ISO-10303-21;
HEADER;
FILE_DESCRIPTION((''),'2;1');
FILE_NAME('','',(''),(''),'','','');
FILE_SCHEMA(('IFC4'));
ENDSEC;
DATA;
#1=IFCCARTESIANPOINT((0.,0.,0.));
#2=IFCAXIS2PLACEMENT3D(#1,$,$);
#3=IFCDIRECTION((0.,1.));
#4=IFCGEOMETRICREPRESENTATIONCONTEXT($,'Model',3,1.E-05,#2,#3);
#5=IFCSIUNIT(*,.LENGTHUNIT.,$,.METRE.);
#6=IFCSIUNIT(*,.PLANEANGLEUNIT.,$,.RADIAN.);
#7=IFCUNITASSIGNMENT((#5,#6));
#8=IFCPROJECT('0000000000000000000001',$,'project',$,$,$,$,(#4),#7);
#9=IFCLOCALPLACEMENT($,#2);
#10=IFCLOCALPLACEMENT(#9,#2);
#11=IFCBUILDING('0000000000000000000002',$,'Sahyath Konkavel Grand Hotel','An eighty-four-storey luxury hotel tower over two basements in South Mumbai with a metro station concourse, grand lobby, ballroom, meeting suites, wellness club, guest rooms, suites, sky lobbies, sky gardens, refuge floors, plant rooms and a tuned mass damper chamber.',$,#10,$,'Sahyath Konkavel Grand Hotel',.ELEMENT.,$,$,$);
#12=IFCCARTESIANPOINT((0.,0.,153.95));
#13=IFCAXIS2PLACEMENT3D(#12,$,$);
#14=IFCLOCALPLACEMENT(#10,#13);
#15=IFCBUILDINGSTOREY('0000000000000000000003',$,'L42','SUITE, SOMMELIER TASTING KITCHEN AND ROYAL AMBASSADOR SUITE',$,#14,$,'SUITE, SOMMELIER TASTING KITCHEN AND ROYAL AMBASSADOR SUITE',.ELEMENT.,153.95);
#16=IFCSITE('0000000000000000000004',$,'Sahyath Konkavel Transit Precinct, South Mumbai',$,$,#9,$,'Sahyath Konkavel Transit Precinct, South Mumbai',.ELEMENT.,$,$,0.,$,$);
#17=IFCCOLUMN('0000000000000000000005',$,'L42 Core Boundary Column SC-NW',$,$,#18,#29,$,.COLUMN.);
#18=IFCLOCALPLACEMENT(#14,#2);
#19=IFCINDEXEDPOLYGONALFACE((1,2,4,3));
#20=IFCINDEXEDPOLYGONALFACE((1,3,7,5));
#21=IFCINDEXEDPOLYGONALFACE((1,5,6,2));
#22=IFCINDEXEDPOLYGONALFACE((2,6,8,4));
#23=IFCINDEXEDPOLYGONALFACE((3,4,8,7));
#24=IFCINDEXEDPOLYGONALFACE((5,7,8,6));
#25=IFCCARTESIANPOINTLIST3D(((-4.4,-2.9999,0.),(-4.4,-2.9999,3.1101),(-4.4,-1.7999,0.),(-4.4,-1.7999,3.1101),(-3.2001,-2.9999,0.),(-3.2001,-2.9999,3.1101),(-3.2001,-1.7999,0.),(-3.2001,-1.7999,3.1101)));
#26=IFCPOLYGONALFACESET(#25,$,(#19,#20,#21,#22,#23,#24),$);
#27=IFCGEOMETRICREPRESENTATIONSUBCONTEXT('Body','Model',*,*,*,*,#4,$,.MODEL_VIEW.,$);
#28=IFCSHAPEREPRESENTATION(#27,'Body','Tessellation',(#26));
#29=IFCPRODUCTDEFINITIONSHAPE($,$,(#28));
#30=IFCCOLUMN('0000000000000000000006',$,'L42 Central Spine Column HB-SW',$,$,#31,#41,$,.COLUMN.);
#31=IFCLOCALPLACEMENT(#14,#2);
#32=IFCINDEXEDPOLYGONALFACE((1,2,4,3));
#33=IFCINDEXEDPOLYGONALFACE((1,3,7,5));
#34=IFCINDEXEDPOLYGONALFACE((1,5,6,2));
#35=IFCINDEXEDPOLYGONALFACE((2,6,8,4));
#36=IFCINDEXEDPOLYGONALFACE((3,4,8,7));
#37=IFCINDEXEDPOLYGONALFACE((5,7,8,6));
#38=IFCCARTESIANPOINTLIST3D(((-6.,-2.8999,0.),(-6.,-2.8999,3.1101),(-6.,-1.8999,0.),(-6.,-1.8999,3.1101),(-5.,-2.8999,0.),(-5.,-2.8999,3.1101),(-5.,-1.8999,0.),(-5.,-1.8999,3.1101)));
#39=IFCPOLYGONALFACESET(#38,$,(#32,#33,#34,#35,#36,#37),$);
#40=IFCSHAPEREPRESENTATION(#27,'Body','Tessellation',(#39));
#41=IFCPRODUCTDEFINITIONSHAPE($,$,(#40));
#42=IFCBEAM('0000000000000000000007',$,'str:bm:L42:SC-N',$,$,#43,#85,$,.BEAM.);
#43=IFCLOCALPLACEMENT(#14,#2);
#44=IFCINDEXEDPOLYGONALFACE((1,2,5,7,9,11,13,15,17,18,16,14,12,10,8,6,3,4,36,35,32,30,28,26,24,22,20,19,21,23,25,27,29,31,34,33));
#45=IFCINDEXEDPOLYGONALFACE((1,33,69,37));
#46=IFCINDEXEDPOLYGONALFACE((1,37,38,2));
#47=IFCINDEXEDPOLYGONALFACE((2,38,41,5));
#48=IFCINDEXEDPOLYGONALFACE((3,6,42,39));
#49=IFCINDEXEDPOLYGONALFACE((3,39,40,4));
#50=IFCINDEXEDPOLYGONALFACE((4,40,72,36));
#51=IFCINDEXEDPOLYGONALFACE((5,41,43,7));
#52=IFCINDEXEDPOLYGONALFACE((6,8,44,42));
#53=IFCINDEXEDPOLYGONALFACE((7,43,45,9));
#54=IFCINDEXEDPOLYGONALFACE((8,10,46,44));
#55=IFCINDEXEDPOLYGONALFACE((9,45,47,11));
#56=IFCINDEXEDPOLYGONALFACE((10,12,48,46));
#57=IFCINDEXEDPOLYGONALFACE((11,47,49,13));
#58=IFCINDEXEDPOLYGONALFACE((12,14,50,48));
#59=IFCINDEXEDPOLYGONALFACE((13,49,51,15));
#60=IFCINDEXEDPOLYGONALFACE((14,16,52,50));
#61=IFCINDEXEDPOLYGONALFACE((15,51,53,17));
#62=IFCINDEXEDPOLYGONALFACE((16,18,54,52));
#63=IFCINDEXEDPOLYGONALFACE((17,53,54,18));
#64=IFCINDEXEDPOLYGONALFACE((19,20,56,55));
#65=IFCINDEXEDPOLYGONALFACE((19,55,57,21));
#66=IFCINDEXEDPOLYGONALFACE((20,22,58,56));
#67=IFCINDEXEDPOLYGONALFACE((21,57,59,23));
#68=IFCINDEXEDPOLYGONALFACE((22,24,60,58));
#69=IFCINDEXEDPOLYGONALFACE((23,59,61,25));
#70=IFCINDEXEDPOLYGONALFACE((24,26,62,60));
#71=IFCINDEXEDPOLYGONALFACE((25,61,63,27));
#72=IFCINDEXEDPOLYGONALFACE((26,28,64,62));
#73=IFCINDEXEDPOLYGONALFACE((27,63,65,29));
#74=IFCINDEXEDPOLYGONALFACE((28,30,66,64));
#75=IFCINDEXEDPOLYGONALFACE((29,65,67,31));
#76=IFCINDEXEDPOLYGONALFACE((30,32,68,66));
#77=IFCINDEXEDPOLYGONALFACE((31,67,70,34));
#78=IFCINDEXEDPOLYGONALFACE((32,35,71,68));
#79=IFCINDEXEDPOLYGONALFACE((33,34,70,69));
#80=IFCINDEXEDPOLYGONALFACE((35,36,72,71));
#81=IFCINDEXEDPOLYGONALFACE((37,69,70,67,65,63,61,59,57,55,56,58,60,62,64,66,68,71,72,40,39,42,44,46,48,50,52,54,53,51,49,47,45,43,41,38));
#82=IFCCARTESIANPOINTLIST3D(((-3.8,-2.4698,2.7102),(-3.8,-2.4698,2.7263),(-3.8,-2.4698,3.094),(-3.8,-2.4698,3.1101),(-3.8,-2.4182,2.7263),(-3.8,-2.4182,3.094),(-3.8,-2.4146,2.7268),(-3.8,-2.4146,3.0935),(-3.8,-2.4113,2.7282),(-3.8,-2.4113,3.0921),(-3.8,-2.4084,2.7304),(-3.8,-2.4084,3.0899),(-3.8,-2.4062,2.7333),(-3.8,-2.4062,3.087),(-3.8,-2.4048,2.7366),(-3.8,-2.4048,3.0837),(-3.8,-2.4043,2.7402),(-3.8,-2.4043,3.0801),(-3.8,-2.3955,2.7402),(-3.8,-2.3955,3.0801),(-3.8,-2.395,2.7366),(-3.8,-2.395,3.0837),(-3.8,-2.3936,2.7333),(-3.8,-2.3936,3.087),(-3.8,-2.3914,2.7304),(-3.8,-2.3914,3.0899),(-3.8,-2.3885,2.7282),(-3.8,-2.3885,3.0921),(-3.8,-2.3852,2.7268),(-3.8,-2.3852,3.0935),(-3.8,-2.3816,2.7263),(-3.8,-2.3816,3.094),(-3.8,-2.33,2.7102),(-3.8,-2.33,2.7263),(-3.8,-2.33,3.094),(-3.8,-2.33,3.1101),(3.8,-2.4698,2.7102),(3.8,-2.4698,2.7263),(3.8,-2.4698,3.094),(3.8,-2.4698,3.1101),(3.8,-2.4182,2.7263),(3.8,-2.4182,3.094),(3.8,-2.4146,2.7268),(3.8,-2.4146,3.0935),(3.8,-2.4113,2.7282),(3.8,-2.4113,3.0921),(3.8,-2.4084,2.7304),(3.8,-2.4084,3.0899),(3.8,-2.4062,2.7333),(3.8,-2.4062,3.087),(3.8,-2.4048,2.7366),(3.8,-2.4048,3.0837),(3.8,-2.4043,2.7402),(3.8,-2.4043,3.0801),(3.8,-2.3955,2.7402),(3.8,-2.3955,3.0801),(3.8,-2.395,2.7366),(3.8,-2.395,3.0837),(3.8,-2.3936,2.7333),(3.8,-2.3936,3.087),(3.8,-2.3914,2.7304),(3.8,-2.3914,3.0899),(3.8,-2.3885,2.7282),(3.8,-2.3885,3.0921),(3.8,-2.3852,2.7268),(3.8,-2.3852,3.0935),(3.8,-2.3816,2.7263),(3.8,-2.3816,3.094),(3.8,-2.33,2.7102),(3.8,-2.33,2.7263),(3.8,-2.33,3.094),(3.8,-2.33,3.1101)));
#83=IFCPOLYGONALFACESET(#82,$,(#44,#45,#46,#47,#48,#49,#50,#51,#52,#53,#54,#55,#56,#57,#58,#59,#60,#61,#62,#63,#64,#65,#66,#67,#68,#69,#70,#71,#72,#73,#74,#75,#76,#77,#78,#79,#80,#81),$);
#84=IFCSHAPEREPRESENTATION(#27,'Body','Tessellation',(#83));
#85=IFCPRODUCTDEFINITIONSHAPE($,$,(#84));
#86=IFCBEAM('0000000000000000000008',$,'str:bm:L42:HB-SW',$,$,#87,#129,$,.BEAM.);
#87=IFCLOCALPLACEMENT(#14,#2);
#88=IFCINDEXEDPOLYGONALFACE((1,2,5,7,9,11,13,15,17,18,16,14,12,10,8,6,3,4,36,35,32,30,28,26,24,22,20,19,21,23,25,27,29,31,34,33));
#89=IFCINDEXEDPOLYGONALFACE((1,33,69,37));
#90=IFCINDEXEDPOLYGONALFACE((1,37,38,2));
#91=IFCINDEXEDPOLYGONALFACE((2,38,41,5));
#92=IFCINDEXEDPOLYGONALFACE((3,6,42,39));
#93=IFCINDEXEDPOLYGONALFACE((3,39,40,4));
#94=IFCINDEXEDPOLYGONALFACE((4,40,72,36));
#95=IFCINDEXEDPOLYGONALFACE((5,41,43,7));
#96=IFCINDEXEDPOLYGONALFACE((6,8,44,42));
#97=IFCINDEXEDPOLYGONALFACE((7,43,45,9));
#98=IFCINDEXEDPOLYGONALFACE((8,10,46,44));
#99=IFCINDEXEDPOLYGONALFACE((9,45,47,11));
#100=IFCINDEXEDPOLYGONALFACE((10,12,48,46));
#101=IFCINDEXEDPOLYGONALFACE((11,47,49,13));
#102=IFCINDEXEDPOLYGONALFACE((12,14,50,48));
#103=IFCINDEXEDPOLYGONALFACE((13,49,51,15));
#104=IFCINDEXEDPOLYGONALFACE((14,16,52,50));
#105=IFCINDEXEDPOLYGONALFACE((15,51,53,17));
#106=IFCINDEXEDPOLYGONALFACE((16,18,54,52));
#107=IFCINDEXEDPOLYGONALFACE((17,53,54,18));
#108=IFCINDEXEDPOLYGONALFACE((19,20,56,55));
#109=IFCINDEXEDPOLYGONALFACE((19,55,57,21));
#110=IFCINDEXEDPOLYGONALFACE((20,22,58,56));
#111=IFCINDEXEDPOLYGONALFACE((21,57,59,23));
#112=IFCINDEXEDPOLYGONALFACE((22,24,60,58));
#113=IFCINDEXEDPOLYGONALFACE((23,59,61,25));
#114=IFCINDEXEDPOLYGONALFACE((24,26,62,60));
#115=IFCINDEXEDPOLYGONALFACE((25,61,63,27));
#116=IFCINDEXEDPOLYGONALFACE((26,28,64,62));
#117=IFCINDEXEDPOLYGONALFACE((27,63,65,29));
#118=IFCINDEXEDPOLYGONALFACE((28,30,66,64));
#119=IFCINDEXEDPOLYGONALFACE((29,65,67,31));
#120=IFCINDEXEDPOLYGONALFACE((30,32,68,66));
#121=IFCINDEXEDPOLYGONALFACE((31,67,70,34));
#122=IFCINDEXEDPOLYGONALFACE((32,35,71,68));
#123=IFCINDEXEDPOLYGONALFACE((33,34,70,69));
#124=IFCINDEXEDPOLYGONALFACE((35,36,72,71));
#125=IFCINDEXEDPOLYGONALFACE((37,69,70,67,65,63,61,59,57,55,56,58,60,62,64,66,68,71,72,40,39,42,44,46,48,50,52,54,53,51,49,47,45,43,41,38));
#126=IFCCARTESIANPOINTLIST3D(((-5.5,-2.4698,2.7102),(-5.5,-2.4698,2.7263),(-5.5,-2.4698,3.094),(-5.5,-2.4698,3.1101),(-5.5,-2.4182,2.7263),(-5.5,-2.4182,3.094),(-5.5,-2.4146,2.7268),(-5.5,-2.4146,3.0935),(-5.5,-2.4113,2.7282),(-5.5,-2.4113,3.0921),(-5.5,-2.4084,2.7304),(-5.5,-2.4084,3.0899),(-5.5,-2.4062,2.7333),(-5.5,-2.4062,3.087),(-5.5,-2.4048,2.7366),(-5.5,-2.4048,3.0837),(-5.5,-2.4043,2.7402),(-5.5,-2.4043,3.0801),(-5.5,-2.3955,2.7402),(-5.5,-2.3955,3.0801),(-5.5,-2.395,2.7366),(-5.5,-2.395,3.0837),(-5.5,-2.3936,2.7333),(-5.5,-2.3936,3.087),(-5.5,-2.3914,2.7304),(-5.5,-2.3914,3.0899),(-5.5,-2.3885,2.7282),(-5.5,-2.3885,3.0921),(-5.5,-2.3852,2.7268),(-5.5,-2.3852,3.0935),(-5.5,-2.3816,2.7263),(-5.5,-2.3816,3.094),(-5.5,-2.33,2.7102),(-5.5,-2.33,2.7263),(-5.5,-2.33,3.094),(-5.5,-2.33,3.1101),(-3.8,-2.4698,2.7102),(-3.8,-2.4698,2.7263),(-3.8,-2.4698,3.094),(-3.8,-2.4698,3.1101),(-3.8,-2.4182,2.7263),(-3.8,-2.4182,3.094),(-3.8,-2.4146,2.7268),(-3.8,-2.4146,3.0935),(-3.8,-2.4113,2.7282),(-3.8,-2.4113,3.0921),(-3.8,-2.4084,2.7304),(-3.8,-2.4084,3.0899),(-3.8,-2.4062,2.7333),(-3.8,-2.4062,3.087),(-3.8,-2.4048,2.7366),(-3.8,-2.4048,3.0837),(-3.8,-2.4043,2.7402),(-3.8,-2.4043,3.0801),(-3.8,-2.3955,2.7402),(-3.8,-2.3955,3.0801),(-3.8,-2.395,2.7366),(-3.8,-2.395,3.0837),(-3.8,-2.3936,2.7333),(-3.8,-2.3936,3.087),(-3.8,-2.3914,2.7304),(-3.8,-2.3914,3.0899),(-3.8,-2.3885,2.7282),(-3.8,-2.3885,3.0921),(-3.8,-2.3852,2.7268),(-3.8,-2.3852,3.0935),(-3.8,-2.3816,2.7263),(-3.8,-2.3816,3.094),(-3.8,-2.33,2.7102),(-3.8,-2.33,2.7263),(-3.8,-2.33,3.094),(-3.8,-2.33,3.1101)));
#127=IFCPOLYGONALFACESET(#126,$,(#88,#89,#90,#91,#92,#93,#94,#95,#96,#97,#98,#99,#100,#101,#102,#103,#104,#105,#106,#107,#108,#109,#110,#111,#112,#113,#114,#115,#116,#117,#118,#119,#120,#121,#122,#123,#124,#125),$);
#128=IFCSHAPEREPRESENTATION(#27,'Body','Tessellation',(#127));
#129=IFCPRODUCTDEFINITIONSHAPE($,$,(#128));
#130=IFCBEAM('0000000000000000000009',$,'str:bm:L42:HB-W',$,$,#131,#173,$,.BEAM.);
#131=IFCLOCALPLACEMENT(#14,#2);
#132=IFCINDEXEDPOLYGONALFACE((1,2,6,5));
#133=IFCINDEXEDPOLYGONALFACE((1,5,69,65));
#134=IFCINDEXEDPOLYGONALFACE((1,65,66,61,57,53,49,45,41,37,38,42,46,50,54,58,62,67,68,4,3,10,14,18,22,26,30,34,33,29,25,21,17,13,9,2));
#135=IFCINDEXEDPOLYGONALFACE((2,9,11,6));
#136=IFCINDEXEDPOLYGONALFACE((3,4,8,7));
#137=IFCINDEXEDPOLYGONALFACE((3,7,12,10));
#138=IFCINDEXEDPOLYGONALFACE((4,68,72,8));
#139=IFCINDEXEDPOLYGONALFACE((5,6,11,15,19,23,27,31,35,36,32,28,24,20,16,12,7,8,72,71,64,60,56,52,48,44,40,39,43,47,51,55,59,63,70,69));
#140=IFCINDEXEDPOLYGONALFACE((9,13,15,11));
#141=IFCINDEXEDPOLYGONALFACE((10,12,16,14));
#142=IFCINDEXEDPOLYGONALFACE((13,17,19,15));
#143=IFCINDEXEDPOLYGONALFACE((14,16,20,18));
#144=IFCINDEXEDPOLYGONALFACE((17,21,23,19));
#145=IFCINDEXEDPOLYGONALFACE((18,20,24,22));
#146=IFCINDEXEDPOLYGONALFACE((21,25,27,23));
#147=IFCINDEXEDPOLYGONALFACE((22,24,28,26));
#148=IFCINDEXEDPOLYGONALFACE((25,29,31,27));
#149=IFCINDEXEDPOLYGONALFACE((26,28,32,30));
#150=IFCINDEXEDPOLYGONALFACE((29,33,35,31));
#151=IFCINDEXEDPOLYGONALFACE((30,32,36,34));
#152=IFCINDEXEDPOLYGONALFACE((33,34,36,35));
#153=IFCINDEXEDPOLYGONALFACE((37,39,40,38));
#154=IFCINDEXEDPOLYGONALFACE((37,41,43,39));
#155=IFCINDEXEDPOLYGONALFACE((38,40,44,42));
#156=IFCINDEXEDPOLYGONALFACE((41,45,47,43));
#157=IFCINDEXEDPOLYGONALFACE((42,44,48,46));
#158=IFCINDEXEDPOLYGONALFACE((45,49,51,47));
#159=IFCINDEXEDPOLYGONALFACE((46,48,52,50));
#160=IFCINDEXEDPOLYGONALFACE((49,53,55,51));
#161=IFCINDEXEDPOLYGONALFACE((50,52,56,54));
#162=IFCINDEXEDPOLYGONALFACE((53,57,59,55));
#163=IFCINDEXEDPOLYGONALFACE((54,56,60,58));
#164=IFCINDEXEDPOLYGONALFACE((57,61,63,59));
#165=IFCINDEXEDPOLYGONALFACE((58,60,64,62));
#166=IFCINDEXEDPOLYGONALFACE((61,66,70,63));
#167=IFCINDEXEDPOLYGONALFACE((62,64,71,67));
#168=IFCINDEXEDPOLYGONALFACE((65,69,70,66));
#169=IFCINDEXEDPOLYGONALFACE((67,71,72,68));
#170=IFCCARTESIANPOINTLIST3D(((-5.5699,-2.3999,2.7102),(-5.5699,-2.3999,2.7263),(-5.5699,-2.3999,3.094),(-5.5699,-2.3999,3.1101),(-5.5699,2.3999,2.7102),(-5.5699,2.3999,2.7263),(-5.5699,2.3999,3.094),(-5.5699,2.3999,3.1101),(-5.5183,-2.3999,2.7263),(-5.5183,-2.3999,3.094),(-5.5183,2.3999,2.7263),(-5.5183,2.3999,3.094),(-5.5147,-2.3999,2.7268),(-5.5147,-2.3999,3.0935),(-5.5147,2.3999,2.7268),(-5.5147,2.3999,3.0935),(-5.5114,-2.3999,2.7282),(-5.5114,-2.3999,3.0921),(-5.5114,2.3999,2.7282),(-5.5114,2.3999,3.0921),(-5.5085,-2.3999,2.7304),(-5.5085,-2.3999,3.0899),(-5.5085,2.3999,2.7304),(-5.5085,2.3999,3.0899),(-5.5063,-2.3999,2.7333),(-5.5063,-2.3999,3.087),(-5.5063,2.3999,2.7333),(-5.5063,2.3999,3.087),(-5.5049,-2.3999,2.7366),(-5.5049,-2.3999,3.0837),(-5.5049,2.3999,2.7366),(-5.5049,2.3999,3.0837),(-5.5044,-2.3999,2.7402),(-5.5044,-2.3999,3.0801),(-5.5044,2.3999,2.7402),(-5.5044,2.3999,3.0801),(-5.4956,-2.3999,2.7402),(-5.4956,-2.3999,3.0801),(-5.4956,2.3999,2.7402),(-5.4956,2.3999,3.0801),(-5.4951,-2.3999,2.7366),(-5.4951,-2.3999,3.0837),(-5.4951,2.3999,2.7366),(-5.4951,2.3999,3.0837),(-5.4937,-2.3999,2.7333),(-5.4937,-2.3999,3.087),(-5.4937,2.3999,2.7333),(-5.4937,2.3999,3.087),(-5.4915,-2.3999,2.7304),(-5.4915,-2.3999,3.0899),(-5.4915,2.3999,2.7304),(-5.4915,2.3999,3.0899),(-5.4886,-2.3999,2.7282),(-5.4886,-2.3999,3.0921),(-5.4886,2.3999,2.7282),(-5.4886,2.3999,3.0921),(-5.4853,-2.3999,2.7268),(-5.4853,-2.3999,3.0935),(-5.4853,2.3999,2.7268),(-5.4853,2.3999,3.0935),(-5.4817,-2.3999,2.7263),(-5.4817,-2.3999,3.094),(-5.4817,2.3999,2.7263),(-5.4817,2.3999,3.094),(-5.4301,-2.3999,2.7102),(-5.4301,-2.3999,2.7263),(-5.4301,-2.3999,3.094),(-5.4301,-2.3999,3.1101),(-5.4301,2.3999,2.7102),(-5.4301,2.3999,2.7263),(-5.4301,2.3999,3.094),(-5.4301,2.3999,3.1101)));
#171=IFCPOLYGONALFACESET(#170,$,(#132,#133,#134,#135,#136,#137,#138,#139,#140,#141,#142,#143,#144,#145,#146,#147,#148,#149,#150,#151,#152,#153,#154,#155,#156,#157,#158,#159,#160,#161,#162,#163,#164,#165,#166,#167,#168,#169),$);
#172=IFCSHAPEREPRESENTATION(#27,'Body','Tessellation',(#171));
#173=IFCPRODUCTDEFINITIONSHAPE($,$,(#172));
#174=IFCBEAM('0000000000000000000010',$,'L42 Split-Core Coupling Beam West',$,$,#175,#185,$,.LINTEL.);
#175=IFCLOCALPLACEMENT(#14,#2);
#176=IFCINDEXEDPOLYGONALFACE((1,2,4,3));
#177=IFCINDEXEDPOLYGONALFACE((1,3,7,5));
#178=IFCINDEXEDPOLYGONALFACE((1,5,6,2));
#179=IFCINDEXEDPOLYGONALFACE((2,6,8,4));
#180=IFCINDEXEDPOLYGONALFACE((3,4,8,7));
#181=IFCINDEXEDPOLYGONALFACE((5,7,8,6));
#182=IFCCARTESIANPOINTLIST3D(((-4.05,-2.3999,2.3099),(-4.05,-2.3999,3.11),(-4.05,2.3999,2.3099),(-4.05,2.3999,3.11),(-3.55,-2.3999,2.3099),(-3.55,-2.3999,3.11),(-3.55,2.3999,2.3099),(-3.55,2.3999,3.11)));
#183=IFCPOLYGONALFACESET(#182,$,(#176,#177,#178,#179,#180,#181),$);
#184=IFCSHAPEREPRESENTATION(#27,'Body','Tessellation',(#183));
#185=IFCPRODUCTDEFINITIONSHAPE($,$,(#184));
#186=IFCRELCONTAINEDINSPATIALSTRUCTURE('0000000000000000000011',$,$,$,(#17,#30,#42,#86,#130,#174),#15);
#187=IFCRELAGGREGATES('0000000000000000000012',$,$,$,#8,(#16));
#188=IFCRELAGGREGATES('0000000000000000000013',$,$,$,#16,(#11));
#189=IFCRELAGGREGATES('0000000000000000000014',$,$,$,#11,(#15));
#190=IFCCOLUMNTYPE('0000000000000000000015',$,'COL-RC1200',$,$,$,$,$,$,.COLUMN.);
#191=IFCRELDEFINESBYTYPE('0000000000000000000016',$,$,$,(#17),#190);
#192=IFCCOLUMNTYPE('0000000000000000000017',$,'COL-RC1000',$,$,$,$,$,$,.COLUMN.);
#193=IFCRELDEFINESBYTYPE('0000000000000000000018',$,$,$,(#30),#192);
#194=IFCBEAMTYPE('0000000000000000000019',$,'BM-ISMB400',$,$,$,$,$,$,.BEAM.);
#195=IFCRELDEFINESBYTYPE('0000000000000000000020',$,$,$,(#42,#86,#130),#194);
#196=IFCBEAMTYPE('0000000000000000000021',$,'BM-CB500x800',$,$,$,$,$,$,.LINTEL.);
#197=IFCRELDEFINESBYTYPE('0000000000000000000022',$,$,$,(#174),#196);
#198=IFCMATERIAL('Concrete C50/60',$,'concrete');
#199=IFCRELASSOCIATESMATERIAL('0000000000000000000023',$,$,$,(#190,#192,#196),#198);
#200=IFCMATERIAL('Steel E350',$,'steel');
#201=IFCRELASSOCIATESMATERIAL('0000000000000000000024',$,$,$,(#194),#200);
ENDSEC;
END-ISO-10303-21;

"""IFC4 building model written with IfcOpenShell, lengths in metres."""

from ifc_helpers import new_model, si_unit, direction, frame, origin, origin_2d, place, context, subcontext, project, spatial, rectangle, i_section, extrude, source, transform, mapped, material, material_profile, profile_set, type_object, element, save


model = new_model("IFC4")

# Units and contexts
model_context = context("Model", 3, precision=1e-05, world=origin(), true_north=direction((0.0, 1.0)))
body_context = subcontext(model_context, "Body", "Model", "MODEL_VIEW")
ifc_project = project(units=[si_unit("LENGTHUNIT", "METRE"), si_unit("PLANEANGLEUNIT", "RADIAN")], contexts=[model_context])

# Site, building, storey
site_placement = place(None, origin())
site = spatial("IfcSite", under=ifc_project, at=site_placement, Name="Sahyath Konkavel Transit Precinct, South Mumbai", LongName="Sahyath Konkavel Transit Precinct, South Mumbai", CompositionType="ELEMENT", RefElevation=0.0)
building_placement = place(site_placement, origin())
building = spatial("IfcBuilding", under=site, at=building_placement, Name="Sahyath Konkavel Grand Hotel", Description="An eighty-four-storey luxury hotel tower over two basements in South Mumbai with a metro station concourse, grand lobby, ballroom, meeting suites, wellness club, guest rooms, suites, sky lobbies, sky gardens, refuge floors, plant rooms and a tuned mass damper chamber.", LongName="Sahyath Konkavel Grand Hotel", CompositionType="ELEMENT")
storey_placement = place(building_placement, frame((0.0, 0.0, 153.95)))
storey = spatial("IfcBuildingStorey", under=building, at=storey_placement, Name="L42", Description="SUITE, SOMMELIER TASTING KITCHEN AND ROYAL AMBASSADOR SUITE", LongName="SUITE, SOMMELIER TASTING KITCHEN AND ROYAL AMBASSADOR SUITE", CompositionType="ELEMENT", Elevation=153.95)

# Columns
ifc_material_1 = material(Name="Concrete C50/60", Category="concrete")
ifc_material_profile_1 = material_profile(ifc_material_1, rectangle(XDim=1.2, YDim=1.2, at=origin_2d()), Name="RC 1200x1200")
ifc_profile_set_1 = profile_set([ifc_material_profile_1], Name="Concrete C50/60")
column_type_1 = type_object("IfcColumnType", Name="COL-RC1200", PredefinedType="COLUMN", material=ifc_profile_set_1)
shared_shape_1 = source(origin(), body_context, "Body", "SweptSolid", [
    extrude(rectangle(XDim=1.2, YDim=1.2, at=origin_2d()), origin(), (0.0, 0.0, 1.0), 3.1101),
])
column_1_placement = place(storey_placement, frame((-3.8, -2.3999, 0.0), z_axis=(0.0, 0.0, 1.0), x_axis=(1.0, 0.0, 0.0)))
element("IfcColumn", 1, at=column_1_placement, inside=storey, type_object=column_type_1, Name="L42 Core Boundary Column SC-NW", PredefinedType="COLUMN", context=body_context, shape_type="MappedRepresentation", body=[
    mapped(shared_shape_1, transform((0.0, 0.0, 0.0), scale=1.0)),
])
ifc_material_profile_2 = material_profile(ifc_material_1, rectangle(XDim=1.0, YDim=1.0, at=origin_2d()), Name="RC 1000x1000")
ifc_profile_set_2 = profile_set([ifc_material_profile_2], Name="Concrete C50/60")
column_type_2 = type_object("IfcColumnType", Name="COL-RC1000", PredefinedType="COLUMN", material=ifc_profile_set_2)
shared_shape_2 = source(origin(), body_context, "Body", "SweptSolid", [
    extrude(rectangle(XDim=1.0, YDim=1.0, at=origin_2d()), origin(), (0.0, 0.0, 1.0), 3.1101),
])
column_2_placement = place(storey_placement, frame((-5.5, -2.3999, 0.0), z_axis=(0.0, 0.0, 1.0), x_axis=(1.0, 0.0, 0.0)))
element("IfcColumn", 2, at=column_2_placement, inside=storey, type_object=column_type_2, Name="L42 Central Spine Column HB-SW", PredefinedType="COLUMN", context=body_context, shape_type="MappedRepresentation", body=[
    mapped(shared_shape_2, transform((0.0, 0.0, 0.0), scale=1.0)),
])

# Beams
ifc_material_2 = material(Name="Steel E350", Category="steel")
ifc_material_profile_3 = material_profile(ifc_material_2, i_section(OverallWidth=0.1399, OverallDepth=0.3999, WebThickness=0.0088, FlangeThickness=0.0161, FilletRadius=0.0139, at=origin_2d()), Name="ISMB 400")
ifc_profile_set_3 = profile_set([ifc_material_profile_3], Name="Steel E350")
beam_type_1 = type_object("IfcBeamType", Name="BM-ISMB400", PredefinedType="BEAM", material=ifc_profile_set_3)
shared_shape_3 = source(origin(), body_context, "Body", "SweptSolid", [
    extrude(i_section(OverallWidth=0.1399, OverallDepth=0.3999, WebThickness=0.0088, FlangeThickness=0.0161, FilletRadius=0.0139, at=origin_2d()), origin(), (0.0, 0.0, 1.0), 7.6001),
])
beam_1_placement = place(storey_placement, frame((-3.8, -2.3999, 2.9102), z_axis=(1.0, 0.0, 0.0), x_axis=(0.0, 1.0, 0.0)))
element("IfcBeam", 3, at=beam_1_placement, inside=storey, type_object=beam_type_1, Name="str:bm:L42:SC-N", PredefinedType="BEAM", context=body_context, shape_type="MappedRepresentation", body=[
    mapped(shared_shape_3, transform((0.0, 0.0, 0.0), scale=1.0)),
])
shared_shape_4 = source(origin(), body_context, "Body", "SweptSolid", [
    extrude(i_section(OverallWidth=0.1399, OverallDepth=0.3999, WebThickness=0.0088, FlangeThickness=0.0161, FilletRadius=0.0139, at=origin_2d()), origin(), (0.0, 0.0, 1.0), 1.7),
])
beam_2_placement = place(storey_placement, frame((-5.5, -2.3999, 2.9102), z_axis=(1.0, 0.0, 0.0), x_axis=(0.0, 1.0, 0.0)))
element("IfcBeam", 4, at=beam_2_placement, inside=storey, type_object=beam_type_1, Name="str:bm:L42:HB-SW", PredefinedType="BEAM", context=body_context, shape_type="MappedRepresentation", body=[
    mapped(shared_shape_4, transform((0.0, 0.0, 0.0), scale=1.0)),
])
shared_shape_5 = source(origin(), body_context, "Body", "SweptSolid", [
    extrude(i_section(OverallWidth=0.1399, OverallDepth=0.3999, WebThickness=0.0088, FlangeThickness=0.0161, FilletRadius=0.0139, at=origin_2d()), origin(), (0.0, 0.0, 1.0), 4.7998),
])
beam_3_placement = place(storey_placement, frame((-5.5, -2.3999, 2.9102), z_axis=(0.0, 1.0, 0.0), x_axis=(-1.0, 0.0, 0.0)))
element("IfcBeam", 5, at=beam_3_placement, inside=storey, type_object=beam_type_1, Name="str:bm:L42:HB-W", PredefinedType="BEAM", context=body_context, shape_type="MappedRepresentation", body=[
    mapped(shared_shape_5, transform((0.0, 0.0, 0.0), scale=1.0)),
])
ifc_material_profile_4 = material_profile(ifc_material_1, rectangle(XDim=0.5, YDim=0.8, at=origin_2d()), Name="RC 500x800")
ifc_profile_set_4 = profile_set([ifc_material_profile_4], Name="Concrete C50/60")
beam_type_2 = type_object("IfcBeamType", Name="BM-CB500x800", PredefinedType="LINTEL", material=ifc_profile_set_4)
shared_shape_6 = source(origin(), body_context, "Body", "SweptSolid", [
    extrude(rectangle(XDim=0.5, YDim=0.8, at=origin_2d()), origin(), (0.0, 0.0, 1.0), 4.7998),
])
beam_4_placement = place(storey_placement, frame((-3.8, -2.3999, 2.71), z_axis=(0.0, 1.0, 0.0), x_axis=(-1.0, 0.0, 0.0)))
element("IfcBeam", 6, at=beam_4_placement, inside=storey, type_object=beam_type_2, Name="L42 Split-Core Coupling Beam West", PredefinedType="LINTEL", context=body_context, shape_type="MappedRepresentation", body=[
    mapped(shared_shape_6, transform((0.0, 0.0, 0.0), scale=1.0)),
])

save(model, "model.ifc")
